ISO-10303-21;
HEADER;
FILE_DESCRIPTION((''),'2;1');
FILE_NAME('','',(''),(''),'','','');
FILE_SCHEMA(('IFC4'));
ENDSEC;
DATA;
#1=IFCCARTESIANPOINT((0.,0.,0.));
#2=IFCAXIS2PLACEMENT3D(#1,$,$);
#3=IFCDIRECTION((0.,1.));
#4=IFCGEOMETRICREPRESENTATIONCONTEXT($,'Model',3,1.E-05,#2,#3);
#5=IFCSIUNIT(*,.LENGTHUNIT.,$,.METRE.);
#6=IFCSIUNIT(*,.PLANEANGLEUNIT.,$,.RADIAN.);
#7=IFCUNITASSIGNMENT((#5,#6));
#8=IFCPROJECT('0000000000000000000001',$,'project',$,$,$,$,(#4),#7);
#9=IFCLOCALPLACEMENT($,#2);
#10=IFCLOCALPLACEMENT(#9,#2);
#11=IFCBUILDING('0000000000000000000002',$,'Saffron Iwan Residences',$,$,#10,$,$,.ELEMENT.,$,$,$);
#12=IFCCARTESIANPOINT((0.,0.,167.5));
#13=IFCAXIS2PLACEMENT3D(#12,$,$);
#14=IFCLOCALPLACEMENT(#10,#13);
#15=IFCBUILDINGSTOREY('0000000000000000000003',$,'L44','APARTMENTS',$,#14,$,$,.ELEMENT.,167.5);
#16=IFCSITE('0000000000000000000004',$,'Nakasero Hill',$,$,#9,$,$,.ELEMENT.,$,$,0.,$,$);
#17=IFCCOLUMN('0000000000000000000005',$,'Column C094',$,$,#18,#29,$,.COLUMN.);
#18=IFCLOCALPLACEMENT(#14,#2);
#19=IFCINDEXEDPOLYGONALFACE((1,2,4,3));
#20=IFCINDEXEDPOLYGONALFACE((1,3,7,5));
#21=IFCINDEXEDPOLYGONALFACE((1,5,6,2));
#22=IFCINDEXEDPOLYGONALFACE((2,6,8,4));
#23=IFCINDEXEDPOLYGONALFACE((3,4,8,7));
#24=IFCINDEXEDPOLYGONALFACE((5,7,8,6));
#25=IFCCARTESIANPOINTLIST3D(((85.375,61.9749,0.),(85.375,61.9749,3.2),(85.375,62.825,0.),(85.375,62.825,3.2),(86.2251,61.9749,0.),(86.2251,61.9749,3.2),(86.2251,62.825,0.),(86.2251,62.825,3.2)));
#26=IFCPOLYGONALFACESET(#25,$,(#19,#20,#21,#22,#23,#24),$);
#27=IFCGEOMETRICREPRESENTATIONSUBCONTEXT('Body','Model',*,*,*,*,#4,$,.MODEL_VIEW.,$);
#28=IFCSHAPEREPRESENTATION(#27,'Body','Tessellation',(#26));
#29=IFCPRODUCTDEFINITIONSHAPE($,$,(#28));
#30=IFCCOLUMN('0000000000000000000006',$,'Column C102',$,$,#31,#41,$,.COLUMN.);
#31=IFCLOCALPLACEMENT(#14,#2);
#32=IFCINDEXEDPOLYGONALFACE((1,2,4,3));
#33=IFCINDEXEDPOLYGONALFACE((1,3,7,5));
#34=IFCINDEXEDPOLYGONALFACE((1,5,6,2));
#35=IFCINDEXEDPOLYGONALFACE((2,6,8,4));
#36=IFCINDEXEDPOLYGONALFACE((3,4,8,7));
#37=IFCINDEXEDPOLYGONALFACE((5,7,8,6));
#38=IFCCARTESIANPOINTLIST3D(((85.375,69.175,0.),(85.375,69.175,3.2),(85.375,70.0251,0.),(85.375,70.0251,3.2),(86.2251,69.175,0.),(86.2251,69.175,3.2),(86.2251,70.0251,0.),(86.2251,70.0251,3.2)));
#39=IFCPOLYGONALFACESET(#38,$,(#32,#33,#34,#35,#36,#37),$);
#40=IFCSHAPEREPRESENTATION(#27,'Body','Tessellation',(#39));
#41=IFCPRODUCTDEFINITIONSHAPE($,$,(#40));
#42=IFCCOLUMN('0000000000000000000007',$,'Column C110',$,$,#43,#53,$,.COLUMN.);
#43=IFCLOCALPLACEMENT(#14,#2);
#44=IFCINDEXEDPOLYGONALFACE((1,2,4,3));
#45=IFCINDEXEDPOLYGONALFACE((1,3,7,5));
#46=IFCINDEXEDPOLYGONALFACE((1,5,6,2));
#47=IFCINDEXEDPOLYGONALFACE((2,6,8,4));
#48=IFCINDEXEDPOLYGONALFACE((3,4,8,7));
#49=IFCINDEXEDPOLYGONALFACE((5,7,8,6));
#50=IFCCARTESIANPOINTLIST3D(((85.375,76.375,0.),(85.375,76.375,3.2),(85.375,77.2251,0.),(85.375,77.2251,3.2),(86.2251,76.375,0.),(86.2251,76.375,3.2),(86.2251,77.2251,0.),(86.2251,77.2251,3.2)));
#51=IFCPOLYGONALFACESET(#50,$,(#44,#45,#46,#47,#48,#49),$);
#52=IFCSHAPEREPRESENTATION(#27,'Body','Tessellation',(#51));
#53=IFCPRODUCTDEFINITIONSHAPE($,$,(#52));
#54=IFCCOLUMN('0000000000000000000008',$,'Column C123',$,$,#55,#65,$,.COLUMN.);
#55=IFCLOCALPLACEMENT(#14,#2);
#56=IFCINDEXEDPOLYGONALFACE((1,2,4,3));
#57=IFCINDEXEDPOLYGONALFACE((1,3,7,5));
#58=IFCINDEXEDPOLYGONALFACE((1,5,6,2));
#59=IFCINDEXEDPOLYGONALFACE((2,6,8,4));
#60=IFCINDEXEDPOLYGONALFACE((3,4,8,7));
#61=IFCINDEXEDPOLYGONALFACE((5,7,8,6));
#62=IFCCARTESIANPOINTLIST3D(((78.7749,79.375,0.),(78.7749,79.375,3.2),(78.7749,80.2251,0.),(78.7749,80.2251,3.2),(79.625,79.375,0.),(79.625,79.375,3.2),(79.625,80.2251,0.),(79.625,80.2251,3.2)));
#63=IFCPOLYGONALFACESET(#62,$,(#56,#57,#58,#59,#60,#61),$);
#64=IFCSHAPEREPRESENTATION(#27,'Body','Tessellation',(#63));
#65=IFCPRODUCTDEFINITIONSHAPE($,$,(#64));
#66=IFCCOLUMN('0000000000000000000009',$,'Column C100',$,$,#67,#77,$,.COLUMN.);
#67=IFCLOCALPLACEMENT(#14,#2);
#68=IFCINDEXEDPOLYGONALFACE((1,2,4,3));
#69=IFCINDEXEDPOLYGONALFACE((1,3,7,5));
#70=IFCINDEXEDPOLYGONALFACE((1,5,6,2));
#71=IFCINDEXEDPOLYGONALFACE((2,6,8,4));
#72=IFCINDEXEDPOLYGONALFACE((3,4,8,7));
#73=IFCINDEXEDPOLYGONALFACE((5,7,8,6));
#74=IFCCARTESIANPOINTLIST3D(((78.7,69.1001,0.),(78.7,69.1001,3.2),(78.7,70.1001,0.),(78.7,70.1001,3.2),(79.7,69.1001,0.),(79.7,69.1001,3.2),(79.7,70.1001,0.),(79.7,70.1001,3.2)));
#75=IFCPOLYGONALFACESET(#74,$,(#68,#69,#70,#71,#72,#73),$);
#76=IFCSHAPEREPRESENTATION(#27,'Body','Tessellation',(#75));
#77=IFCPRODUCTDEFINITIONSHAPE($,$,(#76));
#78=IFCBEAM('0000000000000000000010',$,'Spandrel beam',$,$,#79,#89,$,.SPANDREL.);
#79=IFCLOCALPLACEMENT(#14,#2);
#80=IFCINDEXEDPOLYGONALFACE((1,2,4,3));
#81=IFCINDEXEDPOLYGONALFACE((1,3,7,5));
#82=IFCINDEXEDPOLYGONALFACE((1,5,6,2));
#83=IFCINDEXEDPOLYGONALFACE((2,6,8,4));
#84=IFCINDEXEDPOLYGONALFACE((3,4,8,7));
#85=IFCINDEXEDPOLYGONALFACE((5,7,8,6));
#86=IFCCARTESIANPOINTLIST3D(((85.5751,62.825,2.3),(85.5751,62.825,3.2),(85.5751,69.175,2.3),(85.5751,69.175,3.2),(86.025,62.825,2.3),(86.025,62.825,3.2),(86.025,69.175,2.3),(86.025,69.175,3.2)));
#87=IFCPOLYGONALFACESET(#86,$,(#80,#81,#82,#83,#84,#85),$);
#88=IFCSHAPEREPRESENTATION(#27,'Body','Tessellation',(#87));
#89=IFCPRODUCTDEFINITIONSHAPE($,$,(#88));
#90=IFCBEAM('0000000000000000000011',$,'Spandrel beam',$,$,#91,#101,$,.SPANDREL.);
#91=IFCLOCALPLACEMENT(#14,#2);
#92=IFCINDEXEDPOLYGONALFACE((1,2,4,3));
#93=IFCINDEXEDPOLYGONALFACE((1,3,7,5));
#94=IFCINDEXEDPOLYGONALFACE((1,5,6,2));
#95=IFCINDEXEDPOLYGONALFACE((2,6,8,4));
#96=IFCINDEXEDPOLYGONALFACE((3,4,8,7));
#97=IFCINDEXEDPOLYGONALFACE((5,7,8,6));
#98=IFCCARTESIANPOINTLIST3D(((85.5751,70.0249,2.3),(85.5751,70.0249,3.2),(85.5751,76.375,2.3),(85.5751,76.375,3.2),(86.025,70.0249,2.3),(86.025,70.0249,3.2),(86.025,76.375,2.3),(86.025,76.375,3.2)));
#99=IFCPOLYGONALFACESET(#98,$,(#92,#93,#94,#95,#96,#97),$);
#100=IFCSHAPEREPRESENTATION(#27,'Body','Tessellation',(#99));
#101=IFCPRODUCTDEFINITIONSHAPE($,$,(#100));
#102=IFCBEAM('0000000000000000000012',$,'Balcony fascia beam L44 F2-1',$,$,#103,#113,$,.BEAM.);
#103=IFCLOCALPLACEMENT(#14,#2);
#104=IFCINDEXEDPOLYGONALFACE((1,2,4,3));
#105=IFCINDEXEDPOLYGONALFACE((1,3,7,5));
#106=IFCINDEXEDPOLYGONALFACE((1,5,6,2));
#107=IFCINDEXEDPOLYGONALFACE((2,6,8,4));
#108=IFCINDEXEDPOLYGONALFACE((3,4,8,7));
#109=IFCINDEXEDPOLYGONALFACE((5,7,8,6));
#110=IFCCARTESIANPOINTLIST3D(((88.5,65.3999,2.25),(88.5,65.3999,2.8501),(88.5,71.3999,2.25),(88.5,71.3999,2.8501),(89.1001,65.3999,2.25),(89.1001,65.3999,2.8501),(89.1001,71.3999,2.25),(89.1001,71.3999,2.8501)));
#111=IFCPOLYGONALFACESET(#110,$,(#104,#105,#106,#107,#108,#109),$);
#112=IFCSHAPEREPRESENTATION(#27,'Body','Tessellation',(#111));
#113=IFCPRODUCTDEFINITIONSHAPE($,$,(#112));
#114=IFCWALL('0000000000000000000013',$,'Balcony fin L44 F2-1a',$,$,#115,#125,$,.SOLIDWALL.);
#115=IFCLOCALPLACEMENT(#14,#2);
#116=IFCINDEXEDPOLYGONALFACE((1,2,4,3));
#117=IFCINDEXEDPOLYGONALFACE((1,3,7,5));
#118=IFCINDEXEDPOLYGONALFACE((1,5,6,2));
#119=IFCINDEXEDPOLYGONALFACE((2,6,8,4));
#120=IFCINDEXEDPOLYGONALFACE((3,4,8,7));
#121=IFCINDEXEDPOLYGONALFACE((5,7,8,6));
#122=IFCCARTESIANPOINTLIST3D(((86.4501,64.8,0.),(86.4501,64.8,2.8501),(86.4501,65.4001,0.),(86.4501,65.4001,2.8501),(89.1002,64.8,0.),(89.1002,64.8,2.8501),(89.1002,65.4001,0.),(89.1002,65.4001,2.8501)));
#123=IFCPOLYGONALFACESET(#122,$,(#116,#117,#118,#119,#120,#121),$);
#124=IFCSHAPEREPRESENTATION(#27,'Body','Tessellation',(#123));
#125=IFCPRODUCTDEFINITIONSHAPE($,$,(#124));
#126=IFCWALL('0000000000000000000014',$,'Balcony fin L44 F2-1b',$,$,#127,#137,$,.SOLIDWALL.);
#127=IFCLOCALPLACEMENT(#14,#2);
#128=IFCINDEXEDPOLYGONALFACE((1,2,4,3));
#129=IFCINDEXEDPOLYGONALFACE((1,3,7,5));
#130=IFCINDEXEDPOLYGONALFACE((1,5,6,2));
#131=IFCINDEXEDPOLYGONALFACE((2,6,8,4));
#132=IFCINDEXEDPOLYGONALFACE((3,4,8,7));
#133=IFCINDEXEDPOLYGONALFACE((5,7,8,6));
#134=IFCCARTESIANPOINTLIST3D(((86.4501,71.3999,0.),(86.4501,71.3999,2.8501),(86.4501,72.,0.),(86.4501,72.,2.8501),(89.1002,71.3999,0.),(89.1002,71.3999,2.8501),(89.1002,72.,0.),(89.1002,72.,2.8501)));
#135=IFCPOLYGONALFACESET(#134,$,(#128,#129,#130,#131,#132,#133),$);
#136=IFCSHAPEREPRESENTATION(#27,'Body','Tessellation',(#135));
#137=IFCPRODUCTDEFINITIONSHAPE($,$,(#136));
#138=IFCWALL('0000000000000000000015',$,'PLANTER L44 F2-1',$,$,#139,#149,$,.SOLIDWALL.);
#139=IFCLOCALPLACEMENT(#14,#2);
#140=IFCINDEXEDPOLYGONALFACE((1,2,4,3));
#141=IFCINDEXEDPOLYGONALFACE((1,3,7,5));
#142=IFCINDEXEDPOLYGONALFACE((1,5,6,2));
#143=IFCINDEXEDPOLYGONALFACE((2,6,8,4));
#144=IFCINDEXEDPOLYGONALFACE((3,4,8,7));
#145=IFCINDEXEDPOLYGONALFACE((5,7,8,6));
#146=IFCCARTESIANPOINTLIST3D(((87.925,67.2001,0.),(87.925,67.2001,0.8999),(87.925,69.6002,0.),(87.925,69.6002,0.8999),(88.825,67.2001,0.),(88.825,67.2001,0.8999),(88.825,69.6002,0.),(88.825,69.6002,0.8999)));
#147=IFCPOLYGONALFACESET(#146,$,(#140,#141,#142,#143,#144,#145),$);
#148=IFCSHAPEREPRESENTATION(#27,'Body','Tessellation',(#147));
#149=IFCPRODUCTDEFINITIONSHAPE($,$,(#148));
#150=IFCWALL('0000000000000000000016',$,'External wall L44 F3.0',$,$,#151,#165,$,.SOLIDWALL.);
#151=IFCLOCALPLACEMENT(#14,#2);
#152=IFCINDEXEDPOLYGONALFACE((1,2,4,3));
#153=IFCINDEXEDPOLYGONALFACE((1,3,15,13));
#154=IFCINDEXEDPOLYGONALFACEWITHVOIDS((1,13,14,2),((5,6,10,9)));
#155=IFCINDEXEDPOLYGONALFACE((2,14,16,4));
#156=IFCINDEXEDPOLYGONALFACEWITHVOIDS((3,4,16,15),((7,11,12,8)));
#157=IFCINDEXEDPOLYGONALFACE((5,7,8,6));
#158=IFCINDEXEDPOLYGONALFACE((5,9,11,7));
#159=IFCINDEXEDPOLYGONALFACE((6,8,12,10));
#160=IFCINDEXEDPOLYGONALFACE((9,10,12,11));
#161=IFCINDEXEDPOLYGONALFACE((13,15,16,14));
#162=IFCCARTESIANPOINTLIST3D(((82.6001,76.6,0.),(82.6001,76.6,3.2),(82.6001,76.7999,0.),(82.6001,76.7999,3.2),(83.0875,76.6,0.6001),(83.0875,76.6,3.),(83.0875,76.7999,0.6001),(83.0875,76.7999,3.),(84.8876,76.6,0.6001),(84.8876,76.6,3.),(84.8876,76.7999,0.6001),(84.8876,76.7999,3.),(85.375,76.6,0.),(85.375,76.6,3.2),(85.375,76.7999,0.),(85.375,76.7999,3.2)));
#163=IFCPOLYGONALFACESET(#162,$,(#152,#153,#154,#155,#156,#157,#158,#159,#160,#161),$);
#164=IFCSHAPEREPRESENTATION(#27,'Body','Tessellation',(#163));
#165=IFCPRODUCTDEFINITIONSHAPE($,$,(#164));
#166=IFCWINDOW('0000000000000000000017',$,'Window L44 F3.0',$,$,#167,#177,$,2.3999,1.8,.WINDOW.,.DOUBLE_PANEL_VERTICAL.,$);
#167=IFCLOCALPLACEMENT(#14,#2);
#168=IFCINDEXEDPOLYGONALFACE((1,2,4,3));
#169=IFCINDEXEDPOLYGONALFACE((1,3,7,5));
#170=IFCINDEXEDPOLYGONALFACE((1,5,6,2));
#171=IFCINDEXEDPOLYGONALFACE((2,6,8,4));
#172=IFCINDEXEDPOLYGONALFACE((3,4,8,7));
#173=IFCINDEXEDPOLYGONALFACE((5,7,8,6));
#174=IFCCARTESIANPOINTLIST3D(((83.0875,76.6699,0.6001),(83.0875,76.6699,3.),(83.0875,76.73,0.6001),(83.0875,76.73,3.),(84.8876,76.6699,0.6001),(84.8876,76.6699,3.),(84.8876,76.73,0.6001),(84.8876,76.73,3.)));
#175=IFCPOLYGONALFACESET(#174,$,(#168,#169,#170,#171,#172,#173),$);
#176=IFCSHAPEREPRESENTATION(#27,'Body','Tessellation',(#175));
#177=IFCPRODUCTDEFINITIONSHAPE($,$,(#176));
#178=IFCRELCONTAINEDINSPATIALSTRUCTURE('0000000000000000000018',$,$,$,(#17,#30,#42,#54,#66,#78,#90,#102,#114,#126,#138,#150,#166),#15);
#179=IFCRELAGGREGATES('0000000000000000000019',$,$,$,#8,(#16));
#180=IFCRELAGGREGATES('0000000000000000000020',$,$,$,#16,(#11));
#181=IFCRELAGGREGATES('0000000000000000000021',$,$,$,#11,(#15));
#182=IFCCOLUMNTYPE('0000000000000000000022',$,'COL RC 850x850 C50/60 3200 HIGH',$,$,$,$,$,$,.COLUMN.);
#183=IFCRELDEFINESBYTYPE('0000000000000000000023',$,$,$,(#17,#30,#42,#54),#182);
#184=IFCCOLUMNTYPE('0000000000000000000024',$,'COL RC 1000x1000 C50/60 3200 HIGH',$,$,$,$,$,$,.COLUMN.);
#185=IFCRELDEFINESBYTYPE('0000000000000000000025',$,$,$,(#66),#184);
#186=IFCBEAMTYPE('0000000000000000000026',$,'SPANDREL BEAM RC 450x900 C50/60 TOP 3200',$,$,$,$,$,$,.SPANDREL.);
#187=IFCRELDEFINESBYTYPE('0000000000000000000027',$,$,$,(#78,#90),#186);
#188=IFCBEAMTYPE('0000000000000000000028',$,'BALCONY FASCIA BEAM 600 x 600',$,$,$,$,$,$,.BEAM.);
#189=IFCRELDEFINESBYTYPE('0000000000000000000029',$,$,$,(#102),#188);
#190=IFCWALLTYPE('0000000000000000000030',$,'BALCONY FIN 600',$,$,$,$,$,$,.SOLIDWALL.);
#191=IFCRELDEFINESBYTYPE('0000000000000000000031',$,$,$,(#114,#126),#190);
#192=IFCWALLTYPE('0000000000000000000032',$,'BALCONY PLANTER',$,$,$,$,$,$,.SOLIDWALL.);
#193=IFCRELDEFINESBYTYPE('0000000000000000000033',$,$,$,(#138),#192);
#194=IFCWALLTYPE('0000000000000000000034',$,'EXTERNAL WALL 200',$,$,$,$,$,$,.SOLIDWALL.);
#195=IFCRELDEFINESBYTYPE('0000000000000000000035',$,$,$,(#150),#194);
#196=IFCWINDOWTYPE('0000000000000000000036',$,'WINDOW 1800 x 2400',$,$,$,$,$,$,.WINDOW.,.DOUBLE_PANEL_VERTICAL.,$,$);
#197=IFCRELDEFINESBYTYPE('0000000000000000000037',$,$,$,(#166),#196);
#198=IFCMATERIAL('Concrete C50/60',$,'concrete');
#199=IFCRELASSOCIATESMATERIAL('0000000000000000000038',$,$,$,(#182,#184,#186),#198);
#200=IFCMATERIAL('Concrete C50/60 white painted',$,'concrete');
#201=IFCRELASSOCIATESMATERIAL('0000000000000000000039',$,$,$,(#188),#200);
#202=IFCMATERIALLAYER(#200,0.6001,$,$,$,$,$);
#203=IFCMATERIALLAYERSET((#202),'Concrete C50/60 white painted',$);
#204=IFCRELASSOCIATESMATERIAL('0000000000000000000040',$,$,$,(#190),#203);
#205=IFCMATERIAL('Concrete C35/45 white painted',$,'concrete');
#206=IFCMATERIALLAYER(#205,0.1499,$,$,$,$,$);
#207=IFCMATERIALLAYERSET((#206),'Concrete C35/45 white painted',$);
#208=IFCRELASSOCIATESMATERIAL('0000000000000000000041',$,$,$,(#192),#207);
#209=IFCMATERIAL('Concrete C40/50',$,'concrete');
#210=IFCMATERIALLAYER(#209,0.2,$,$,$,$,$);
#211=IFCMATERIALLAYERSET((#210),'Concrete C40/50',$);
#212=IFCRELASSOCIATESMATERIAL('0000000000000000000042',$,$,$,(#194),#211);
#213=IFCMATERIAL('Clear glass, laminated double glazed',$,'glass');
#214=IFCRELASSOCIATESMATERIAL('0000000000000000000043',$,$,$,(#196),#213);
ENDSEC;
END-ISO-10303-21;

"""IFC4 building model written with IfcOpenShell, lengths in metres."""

from ifc_helpers import new_model, si_unit, direction, frame, frame_2d, origin, origin_2d, place, context, subcontext, project, spatial, rectangle, extrude, source, transform, mapped, material, layer, layer_set, material_profile, profile_set, type_object, element, fill, save


model = new_model("IFC4")

# Units and contexts
model_context = context("Model", 3, precision=1e-05, world=origin(), true_north=direction((0.0, 1.0)))
body_context = subcontext(model_context, "Body", "Model", "MODEL_VIEW")
ifc_project = project(units=[si_unit("LENGTHUNIT", "METRE"), si_unit("PLANEANGLEUNIT", "RADIAN")], contexts=[model_context])

# Site, building, storey
site_placement = place(None, origin())
site = spatial("IfcSite", under=ifc_project, at=site_placement, Name="Nakasero Hill", CompositionType="ELEMENT", RefElevation=0.0)
building_placement = place(site_placement, origin())
building = spatial("IfcBuilding", under=site, at=building_placement, Name="Saffron Iwan Residences", CompositionType="ELEMENT")
storey_placement = place(building_placement, frame((0.0, 0.0, 167.5)))
storey = spatial("IfcBuildingStorey", under=building, at=storey_placement, Name="L44", Description="APARTMENTS", CompositionType="ELEMENT", Elevation=167.5)

# Columns
ifc_material_1 = material(Name="Concrete C50/60", Category="concrete")
ifc_material_profile_1 = material_profile(ifc_material_1, rectangle(XDim=0.8501, YDim=0.8501, at=origin_2d()), Name="RC 850x850")
ifc_profile_set_1 = profile_set([ifc_material_profile_1], Name="Concrete C50/60")
column_type_1 = type_object("IfcColumnType", Name="COL RC 850x850 C50/60 3200 HIGH", PredefinedType="COLUMN", material=ifc_profile_set_1)
shared_shape_1 = source(origin(), body_context, "Body", "SweptSolid", [
    extrude(rectangle(XDim=0.8501, YDim=0.8501, at=origin_2d()), origin(), (0.0, 0.0, 1.0), 3.2),
])
for number, where, z_axis, x_axis, name in (
    (1, (85.8, 62.3999, 0.0), (0.0, 0.0, 1.0), (1.0, 0.0, 0.0), "Column C094"),
    (2, (85.8, 69.6001, 0.0), (0.0, 0.0, 1.0), (1.0, 0.0, 0.0), "Column C102"),
    (3, (85.8, 76.8, 0.0), (0.0, 0.0, 1.0), (1.0, 0.0, 0.0), "Column C110"),
    (4, (79.2, 79.8, 0.0), (0.0, 0.0, 1.0), (1.0, 0.0, 0.0), "Column C123"),
):
    element("IfcColumn", number, at=place(storey_placement, frame(where, z_axis=z_axis, x_axis=x_axis)), inside=storey, type_object=column_type_1, Name=name, PredefinedType="COLUMN", context=body_context, shape_type="MappedRepresentation", body=[
        mapped(shared_shape_1, transform((0.0, 0.0, 0.0))),
    ])
ifc_material_profile_2 = material_profile(ifc_material_1, rectangle(XDim=1.0, YDim=1.0, at=origin_2d()), Name="RC 1000x1000")
ifc_profile_set_2 = profile_set([ifc_material_profile_2], Name="Concrete C50/60")
column_type_2 = type_object("IfcColumnType", Name="COL RC 1000x1000 C50/60 3200 HIGH", PredefinedType="COLUMN", material=ifc_profile_set_2)
shared_shape_2 = source(origin(), body_context, "Body", "SweptSolid", [
    extrude(rectangle(XDim=1.0, YDim=1.0, at=origin_2d()), origin(), (0.0, 0.0, 1.0), 3.2),
])
column_placement = place(storey_placement, frame((79.2, 69.6001, 0.0), z_axis=(0.0, 0.0, 1.0), x_axis=(1.0, 0.0, 0.0)))
element("IfcColumn", 5, at=column_placement, inside=storey, type_object=column_type_2, Name="Column C100", PredefinedType="COLUMN", context=body_context, shape_type="MappedRepresentation", body=[
    mapped(shared_shape_2, transform((0.0, 0.0, 0.0))),
])

# Beams
ifc_material_profile_3 = material_profile(ifc_material_1, rectangle(XDim=0.45, YDim=0.8999, at=origin_2d()), Name="RC 450x900")
ifc_profile_set_3 = profile_set([ifc_material_profile_3], Name="Concrete C50/60")
beam_type_1 = type_object("IfcBeamType", Name="SPANDREL BEAM RC 450x900 C50/60 TOP 3200", PredefinedType="SPANDREL", material=ifc_profile_set_3)
shared_shape_3 = source(origin(), body_context, "Body", "SweptSolid", [
    extrude(rectangle(XDim=0.45, YDim=0.8999, at=origin_2d()), origin(), (0.0, 0.0, 1.0), 6.3501),
])
for number, where, z_axis, x_axis, name in (
    (6, (85.8, 69.175, 2.75), (0.0, -1.0, 0.0), (1.0, 0.0, 0.0), "Spandrel beam"),
    (7, (85.8, 76.375, 2.75), (0.0, -1.0, 0.0), (1.0, 0.0, 0.0), "Spandrel beam"),
):
    element("IfcBeam", number, at=place(storey_placement, frame(where, z_axis=z_axis, x_axis=x_axis)), inside=storey, type_object=beam_type_1, Name=name, PredefinedType="SPANDREL", context=body_context, shape_type="MappedRepresentation", body=[
        mapped(shared_shape_3, transform((0.0, 0.0, 0.0))),
    ])
ifc_material_2 = material(Name="Concrete C50/60 white painted", Category="concrete")
ifc_material_profile_4 = material_profile(ifc_material_2, rectangle(XDim=0.6001, YDim=0.6001, at=origin_2d()), Name="BALCONY FASCIA BEAM 600 x 600")
ifc_profile_set_4 = profile_set([ifc_material_profile_4], Name="Concrete C50/60 white painted")
beam_type_2 = type_object("IfcBeamType", Name="BALCONY FASCIA BEAM 600 x 600", PredefinedType="BEAM", material=ifc_profile_set_4)
shared_shape_4 = source(origin(), body_context, "Body", "SweptSolid", [
    extrude(rectangle(XDim=0.6001, YDim=0.6001, at=origin_2d()), origin(), (0.0, 0.0, 1.0), 6.0),
])
beam_placement = place(storey_placement, frame((88.8, 65.3999, 2.55), z_axis=(0.0, 1.0, 0.0), x_axis=(-1.0, 0.0, 0.0)))
element("IfcBeam", 8, at=beam_placement, inside=storey, type_object=beam_type_2, Name="Balcony fascia beam L44 F2-1", PredefinedType="BEAM", context=body_context, shape_type="MappedRepresentation", body=[
    mapped(shared_shape_4, transform((0.0, 0.0, 0.0))),
])

# Walls
ifc_layer_1 = layer(ifc_material_2, 0.6001)
ifc_layer_set_1 = layer_set([ifc_layer_1], Name="Concrete C50/60 white painted")
wall_type_1 = type_object("IfcWallType", Name="BALCONY FIN 600", PredefinedType="SOLIDWALL", material=ifc_layer_set_1)
for number, where, z_axis, x_axis, name in (
    (9, (86.45, 65.1001, 0.0), (0.0, 0.0, 1.0), (1.0, 0.0, 0.0), "Balcony fin L44 F2-1a"),
    (10, (86.45, 71.7, 0.0), (0.0, 0.0, 1.0), (1.0, 0.0, 0.0), "Balcony fin L44 F2-1b"),
):
    element("IfcWall", number, at=place(storey_placement, frame(where, z_axis=z_axis, x_axis=x_axis)), inside=storey, type_object=wall_type_1, Name=name, PredefinedType="SOLIDWALL", context=body_context, shape_type="SweptSolid", body=[
        extrude(rectangle(XDim=2.6501, YDim=0.6001, at=frame_2d((1.3252, 0.0))), origin(), (0.0, 0.0, 1.0), 2.8501),
    ])
ifc_material_3 = material(Name="Concrete C35/45 white painted", Category="concrete")
ifc_layer_2 = layer(ifc_material_3, 0.1499)
ifc_layer_set_2 = layer_set([ifc_layer_2], Name="Concrete C35/45 white painted")
wall_type_2 = type_object("IfcWallType", Name="BALCONY PLANTER", PredefinedType="SOLIDWALL", material=ifc_layer_set_2)
wall_1_placement = place(storey_placement, frame((88.375, 67.2, 0.0), z_axis=(0.0, 0.0, 1.0), x_axis=(0.0, 1.0, 0.0)))
element("IfcWall", 11, at=wall_1_placement, inside=storey, type_object=wall_type_2, Name="PLANTER L44 F2-1", PredefinedType="SOLIDWALL", context=body_context, shape_type="SweptSolid", body=[
    extrude(rectangle(XDim=2.4001, YDim=0.8999, at=frame_2d((1.2002, 0.0))), origin(), (0.0, 0.0, 1.0), 0.8999),
])

# Wall, opening, window
ifc_material_4 = material(Name="Concrete C40/50", Category="concrete")
ifc_layer_3 = layer(ifc_material_4, 0.2)
ifc_layer_set_3 = layer_set([ifc_layer_3], Name="Concrete C40/50")
wall_type_3 = type_object("IfcWallType", Name="EXTERNAL WALL 200", PredefinedType="SOLIDWALL", material=ifc_layer_set_3)
wall_2_placement = place(storey_placement, frame((85.375, 76.7, 0.0), z_axis=(0.0, 0.0, 1.0), x_axis=(-1.0, 0.0, 0.0)))
wall_2 = element("IfcWall", 12, at=wall_2_placement, inside=storey, type_object=wall_type_3, Name="External wall L44 F3.0", PredefinedType="SOLIDWALL", context=body_context, shape_type="SweptSolid", body=[
    extrude(rectangle(XDim=2.7749, YDim=0.2, at=frame_2d((1.3875, 0.0))), origin(), (0.0, 0.0, 1.0), 3.2),
])
opening_1_placement = place(wall_2_placement, frame((0.4875, 0.0, 0.6001)))
opening_1 = element("IfcOpeningElement", 13, at=opening_1_placement, cuts=wall_2, PredefinedType="OPENING", context=body_context, shape_type="SweptSolid", body=[
    extrude(rectangle(XDim=1.8, YDim=2.3999, at=frame_2d((0.8999, 1.2))), frame((0.0, 0.1099, 0.0), z_axis=(0.0, -1.0, 0.0), x_axis=(1.0, 0.0, 0.0)), (0.0, 0.0, 1.0), 0.22),
])
ifc_material_5 = material(Name="Clear glass, laminated double glazed", Category="glass")
window_type_1 = type_object("IfcWindowType", Name="WINDOW 1800 x 2400", PartitioningType="DOUBLE_PANEL_VERTICAL", PredefinedType="WINDOW", material=ifc_material_5)
window_1_placement = place(opening_1_placement, origin())
window_1 = element("IfcWindow", 14, at=window_1_placement, inside=storey, type_object=window_type_1, Name="Window L44 F3.0", OverallHeight=2.3999, OverallWidth=1.8, PartitioningType="DOUBLE_PANEL_VERTICAL", PredefinedType="WINDOW", context=body_context, shape_type="SweptSolid", body=[
    extrude(rectangle(XDim=1.8, YDim=2.3999, at=frame_2d((0.8999, 1.2))), frame((0.0, 0.03, 0.0), z_axis=(0.0, -1.0, 0.0), x_axis=(1.0, 0.0, 0.0)), (0.0, 0.0, 1.0), 0.0601),
])
fill(opening_1, window_1)

save(model, "model.ifc")
